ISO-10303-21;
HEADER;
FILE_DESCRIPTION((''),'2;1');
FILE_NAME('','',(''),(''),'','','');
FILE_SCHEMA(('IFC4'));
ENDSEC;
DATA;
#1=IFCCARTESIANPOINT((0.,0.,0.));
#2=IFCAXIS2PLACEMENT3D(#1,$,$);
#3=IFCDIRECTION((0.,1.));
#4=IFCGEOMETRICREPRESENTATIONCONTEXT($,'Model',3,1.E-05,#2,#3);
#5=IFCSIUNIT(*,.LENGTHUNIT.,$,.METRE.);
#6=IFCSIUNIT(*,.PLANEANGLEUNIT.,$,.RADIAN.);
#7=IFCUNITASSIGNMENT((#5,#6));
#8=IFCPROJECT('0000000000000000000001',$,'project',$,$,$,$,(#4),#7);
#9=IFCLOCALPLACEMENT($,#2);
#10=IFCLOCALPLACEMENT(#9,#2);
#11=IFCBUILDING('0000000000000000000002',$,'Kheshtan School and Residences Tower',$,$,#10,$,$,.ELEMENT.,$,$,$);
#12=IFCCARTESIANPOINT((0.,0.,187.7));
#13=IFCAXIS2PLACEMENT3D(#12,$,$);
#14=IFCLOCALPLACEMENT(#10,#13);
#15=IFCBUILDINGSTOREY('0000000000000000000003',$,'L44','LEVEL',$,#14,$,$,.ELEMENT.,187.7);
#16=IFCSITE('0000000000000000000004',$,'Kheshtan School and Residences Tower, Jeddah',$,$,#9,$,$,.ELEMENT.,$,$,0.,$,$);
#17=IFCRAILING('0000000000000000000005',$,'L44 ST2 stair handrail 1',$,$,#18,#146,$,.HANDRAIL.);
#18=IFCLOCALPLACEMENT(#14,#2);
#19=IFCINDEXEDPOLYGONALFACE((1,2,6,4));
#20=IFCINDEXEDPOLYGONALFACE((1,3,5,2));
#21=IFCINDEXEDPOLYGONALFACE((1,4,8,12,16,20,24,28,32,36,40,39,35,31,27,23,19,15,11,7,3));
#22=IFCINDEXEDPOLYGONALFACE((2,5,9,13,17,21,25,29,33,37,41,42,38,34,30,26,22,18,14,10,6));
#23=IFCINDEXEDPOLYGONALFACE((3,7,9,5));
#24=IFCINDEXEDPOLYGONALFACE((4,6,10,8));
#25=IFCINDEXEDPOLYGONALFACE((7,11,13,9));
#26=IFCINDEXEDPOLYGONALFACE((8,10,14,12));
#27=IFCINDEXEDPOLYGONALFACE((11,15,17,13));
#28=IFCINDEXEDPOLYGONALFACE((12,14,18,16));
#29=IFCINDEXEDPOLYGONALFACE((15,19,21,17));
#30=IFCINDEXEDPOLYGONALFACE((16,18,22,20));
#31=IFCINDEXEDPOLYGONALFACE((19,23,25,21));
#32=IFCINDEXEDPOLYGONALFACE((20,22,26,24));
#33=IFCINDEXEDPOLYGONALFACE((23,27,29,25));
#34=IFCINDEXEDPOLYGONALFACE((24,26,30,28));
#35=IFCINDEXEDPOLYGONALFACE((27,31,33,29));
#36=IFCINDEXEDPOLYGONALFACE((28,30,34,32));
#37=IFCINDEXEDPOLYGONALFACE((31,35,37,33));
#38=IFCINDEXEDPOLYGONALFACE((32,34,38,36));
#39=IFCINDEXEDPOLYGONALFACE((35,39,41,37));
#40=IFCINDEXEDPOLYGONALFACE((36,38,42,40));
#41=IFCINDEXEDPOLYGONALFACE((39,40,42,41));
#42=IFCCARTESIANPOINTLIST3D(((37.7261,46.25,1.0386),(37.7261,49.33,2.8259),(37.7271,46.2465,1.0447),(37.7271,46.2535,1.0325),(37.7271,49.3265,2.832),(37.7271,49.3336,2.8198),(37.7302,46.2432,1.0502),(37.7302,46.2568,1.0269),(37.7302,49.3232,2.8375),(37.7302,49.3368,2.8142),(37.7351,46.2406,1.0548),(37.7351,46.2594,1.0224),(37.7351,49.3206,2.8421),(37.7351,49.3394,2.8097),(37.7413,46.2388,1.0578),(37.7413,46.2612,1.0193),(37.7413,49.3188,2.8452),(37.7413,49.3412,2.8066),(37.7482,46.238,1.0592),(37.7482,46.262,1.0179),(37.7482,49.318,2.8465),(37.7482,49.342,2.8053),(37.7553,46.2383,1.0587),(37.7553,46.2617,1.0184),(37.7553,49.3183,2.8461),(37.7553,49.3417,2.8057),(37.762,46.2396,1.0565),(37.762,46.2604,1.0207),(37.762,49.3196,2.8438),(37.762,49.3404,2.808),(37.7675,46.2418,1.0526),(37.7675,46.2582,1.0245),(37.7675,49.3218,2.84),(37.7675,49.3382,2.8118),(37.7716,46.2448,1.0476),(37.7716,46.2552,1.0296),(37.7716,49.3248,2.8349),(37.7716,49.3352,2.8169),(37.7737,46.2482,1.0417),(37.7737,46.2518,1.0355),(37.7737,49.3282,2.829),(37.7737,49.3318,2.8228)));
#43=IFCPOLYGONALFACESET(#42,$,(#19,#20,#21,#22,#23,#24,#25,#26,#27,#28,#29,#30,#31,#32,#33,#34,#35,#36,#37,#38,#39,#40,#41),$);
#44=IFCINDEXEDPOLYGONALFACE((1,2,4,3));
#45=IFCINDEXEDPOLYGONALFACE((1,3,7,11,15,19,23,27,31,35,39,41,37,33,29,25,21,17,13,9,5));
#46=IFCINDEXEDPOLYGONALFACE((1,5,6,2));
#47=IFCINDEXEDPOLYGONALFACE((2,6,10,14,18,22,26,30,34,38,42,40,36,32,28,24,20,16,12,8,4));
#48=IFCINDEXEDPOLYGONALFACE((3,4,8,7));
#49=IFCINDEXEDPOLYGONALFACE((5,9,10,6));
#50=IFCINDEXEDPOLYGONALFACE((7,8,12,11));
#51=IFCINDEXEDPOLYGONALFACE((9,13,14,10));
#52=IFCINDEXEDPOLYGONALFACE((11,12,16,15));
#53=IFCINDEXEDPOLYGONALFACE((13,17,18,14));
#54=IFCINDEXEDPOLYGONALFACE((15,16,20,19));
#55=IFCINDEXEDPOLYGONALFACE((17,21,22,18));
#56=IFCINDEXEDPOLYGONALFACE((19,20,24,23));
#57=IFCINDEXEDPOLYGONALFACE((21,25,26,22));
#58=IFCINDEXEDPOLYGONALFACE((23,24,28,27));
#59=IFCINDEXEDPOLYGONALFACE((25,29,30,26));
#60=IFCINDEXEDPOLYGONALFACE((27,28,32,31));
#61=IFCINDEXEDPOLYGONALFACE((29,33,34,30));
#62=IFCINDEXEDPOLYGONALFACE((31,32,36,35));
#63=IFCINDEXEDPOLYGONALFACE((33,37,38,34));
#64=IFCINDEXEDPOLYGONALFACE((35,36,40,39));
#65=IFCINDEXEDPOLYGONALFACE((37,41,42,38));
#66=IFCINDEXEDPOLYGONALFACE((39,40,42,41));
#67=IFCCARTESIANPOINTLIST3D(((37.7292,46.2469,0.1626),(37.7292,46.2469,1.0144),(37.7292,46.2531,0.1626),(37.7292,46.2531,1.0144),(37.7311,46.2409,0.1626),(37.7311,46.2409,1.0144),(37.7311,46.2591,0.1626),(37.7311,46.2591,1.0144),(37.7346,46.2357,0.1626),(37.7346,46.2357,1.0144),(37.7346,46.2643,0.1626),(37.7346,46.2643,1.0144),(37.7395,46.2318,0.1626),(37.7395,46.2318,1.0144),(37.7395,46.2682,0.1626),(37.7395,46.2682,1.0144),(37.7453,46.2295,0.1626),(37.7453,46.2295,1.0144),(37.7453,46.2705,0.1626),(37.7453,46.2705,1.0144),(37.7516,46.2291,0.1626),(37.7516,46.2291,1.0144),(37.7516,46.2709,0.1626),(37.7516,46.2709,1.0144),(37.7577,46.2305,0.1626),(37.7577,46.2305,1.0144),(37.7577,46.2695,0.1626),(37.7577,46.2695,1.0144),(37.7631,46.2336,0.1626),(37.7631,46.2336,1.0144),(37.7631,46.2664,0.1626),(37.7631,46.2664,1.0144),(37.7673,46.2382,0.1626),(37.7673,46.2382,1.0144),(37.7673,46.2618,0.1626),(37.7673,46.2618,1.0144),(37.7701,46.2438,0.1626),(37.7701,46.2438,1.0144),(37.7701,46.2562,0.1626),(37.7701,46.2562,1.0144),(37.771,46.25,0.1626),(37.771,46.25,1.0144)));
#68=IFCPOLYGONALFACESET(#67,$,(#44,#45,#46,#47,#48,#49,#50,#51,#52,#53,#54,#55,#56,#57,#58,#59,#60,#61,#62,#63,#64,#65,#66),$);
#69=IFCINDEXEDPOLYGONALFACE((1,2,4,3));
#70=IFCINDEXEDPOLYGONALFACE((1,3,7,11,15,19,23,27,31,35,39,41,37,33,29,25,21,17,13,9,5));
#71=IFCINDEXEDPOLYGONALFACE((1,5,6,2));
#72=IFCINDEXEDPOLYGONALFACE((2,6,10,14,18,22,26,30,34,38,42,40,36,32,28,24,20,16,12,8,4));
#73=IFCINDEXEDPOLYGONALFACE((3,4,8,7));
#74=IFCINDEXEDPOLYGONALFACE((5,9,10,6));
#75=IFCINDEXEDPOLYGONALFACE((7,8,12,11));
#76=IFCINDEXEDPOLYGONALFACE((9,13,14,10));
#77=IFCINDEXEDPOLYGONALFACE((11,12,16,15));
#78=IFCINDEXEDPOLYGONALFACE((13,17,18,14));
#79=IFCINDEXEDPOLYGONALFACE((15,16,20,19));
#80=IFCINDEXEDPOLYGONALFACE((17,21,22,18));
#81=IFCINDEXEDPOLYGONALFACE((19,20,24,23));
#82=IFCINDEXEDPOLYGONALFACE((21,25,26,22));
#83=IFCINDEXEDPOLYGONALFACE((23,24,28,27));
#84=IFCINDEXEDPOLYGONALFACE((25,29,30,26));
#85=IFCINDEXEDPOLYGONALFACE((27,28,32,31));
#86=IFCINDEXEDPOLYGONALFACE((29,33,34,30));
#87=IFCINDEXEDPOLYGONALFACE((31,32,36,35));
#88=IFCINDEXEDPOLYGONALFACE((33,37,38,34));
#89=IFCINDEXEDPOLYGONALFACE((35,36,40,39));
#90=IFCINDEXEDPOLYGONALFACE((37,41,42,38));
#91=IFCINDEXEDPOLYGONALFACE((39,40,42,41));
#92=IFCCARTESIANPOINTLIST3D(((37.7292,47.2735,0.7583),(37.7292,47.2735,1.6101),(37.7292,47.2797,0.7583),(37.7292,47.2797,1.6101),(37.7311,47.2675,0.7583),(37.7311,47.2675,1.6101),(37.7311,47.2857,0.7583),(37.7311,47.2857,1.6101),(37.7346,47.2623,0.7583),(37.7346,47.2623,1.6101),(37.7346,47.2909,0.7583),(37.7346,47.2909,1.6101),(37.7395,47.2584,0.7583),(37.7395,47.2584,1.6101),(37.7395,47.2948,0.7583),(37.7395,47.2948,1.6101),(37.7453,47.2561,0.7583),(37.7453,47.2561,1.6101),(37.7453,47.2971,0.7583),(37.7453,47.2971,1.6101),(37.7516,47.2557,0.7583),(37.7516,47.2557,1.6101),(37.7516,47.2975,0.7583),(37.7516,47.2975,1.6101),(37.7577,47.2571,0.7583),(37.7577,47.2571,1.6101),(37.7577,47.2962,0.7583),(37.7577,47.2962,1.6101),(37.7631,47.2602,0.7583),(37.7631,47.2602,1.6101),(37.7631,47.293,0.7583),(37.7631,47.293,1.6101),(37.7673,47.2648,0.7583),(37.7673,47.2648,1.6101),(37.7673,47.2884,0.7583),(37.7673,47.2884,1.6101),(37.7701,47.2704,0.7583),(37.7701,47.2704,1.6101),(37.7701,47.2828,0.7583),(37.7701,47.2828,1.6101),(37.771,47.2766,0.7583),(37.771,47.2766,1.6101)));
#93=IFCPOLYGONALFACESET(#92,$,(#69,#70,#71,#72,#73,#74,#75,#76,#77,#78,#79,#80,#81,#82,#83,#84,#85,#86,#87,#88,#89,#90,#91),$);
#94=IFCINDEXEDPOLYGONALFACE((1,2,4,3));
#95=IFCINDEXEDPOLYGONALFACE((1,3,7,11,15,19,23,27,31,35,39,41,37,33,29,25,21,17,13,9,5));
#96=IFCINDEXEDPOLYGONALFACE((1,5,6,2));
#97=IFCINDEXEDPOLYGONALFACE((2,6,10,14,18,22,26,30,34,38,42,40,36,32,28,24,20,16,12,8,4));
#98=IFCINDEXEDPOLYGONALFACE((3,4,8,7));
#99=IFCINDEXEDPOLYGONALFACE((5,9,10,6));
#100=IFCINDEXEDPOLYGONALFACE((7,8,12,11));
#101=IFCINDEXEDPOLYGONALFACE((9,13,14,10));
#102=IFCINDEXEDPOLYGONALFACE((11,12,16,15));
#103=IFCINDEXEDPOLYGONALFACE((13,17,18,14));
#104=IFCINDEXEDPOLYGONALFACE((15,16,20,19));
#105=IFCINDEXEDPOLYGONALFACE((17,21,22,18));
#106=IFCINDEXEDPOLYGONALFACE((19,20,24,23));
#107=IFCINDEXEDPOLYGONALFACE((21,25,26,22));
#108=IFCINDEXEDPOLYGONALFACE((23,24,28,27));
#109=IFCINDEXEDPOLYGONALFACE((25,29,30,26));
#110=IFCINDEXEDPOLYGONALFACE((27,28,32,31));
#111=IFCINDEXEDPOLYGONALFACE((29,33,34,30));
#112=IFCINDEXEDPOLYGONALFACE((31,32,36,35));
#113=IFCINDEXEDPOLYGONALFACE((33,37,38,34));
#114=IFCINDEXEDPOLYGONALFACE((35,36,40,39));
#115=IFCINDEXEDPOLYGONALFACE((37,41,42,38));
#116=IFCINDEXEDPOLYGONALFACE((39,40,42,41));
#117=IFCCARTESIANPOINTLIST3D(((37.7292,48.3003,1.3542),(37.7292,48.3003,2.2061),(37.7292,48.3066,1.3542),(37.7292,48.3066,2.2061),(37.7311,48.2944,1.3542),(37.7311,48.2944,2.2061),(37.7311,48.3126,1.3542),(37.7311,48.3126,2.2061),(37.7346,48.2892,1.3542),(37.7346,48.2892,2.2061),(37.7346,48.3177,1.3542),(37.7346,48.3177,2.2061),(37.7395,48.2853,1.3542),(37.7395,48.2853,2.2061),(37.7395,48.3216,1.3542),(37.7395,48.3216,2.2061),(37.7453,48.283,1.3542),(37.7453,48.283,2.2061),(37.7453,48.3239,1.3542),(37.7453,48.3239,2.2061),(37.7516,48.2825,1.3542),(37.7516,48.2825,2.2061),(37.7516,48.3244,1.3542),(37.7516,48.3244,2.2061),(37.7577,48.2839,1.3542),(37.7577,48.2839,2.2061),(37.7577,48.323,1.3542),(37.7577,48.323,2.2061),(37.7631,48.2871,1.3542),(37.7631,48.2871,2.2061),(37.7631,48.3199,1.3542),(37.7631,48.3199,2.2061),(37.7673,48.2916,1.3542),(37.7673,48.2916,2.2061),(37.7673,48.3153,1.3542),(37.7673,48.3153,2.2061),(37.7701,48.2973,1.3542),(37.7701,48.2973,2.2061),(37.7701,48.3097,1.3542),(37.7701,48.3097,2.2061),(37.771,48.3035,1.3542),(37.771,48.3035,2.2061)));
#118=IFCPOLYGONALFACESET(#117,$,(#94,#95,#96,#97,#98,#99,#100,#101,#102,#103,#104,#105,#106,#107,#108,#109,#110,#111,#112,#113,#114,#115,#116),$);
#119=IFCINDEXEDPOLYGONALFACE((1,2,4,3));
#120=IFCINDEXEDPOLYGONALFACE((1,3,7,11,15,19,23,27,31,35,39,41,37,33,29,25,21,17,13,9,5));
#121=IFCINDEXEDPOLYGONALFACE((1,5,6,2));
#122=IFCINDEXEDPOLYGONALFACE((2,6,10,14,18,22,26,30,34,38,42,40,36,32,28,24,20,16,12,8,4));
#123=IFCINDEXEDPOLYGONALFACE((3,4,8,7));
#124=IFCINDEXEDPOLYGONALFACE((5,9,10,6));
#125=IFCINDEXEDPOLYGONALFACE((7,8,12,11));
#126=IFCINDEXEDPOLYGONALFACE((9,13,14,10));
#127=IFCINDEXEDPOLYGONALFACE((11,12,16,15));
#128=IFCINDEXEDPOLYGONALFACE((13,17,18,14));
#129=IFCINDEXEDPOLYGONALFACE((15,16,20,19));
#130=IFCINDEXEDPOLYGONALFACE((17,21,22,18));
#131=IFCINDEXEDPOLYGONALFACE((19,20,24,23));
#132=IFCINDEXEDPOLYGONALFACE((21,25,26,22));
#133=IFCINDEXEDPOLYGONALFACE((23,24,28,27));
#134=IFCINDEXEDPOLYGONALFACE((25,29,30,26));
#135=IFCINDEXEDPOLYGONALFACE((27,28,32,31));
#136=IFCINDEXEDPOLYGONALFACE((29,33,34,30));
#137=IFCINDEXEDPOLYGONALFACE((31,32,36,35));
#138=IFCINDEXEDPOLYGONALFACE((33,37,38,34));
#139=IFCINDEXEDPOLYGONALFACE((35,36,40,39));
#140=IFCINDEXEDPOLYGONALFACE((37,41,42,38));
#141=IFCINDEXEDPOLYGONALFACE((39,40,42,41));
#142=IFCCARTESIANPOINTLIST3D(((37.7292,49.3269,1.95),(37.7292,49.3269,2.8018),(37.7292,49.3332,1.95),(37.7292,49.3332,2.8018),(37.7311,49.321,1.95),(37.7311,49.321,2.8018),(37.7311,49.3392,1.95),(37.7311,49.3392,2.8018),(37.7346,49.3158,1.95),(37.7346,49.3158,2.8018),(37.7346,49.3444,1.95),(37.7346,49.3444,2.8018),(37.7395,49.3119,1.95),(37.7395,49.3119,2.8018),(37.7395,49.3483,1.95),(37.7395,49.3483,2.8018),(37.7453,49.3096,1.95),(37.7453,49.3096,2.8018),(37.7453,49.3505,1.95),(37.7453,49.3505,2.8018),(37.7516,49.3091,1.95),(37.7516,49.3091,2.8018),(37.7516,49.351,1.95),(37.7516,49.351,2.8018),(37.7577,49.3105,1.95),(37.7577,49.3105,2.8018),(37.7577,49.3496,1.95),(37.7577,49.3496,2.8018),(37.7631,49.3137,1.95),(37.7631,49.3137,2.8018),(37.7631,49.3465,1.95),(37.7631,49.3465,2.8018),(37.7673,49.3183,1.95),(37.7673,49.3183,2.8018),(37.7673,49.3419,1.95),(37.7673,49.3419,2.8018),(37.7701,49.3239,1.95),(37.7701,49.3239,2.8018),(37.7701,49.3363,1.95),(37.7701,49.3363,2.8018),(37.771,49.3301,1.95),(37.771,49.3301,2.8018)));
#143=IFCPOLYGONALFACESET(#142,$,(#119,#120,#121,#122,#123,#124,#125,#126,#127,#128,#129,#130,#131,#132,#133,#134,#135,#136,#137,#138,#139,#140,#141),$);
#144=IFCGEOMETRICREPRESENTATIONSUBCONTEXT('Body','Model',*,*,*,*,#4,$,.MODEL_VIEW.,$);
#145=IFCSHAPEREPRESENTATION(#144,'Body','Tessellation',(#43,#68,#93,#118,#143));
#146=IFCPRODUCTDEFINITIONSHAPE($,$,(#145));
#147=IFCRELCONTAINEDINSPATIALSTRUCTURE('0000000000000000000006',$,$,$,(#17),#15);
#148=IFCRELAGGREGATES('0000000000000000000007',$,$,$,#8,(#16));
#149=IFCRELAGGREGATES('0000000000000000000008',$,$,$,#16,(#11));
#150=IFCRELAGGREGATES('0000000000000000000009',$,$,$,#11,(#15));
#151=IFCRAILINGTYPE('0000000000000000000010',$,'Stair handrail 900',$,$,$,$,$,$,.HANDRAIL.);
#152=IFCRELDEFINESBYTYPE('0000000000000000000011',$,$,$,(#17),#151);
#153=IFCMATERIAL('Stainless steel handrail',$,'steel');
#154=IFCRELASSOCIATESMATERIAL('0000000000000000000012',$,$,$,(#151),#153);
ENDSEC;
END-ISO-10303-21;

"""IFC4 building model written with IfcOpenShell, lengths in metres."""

from ifc_helpers import new_model, si_unit, direction, frame, origin, origin_2d, place, context, subcontext, project, spatial, circle, extrude, material, type_object, element, save


model = new_model("IFC4")

# Units and contexts
model_context = context("Model", 3, precision=1e-05, world=origin(), true_north=direction((0.0, 1.0)))
body_context = subcontext(model_context, "Body", "Model", "MODEL_VIEW")
ifc_project = project(units=[si_unit("LENGTHUNIT", "METRE"), si_unit("PLANEANGLEUNIT", "RADIAN")], contexts=[model_context])

# Site, building, storey
site_placement = place(None, origin())
site = spatial("IfcSite", under=ifc_project, at=site_placement, Name="Kheshtan School and Residences Tower, Jeddah", CompositionType="ELEMENT", RefElevation=0.0)
building_placement = place(site_placement, origin())
building = spatial("IfcBuilding", under=site, at=building_placement, Name="Kheshtan School and Residences Tower", CompositionType="ELEMENT")
storey_placement = place(building_placement, frame((0.0, 0.0, 187.7)))
storey = spatial("IfcBuildingStorey", under=building, at=storey_placement, Name="L44", Description="LEVEL", CompositionType="ELEMENT", Elevation=187.7)

# Railing
ifc_material_1 = material(Name="Stainless steel handrail", Category="steel")
railing_type = type_object("IfcRailingType", Name="Stair handrail 900", PredefinedType="HANDRAIL", material=ifc_material_1)
railing_placement = place(storey_placement, frame((37.75, 46.25, 0.1626)))
element("IfcRailing", 1, at=railing_placement, inside=storey, type_object=railing_type, Name="L44 ST2 stair handrail 1", PredefinedType="HANDRAIL", context=body_context, shape_type="SweptSolid", body=[
    extrude(circle(Radius=0.0239, at=origin_2d()), frame((0.0, 0.0, 0.876), z_axis=(0.0, 0.86492, 0.501909), x_axis=(-1.0, 0.0, 0.0)), (0.0, 0.0, 1.0), 3.561),
    extrude(circle(Radius=0.021, at=origin_2d()), origin(), (0.0, 0.0, 1.0), 0.8518),
    extrude(circle(Radius=0.021, at=origin_2d()), frame((0.0, 1.0266, 0.5957)), (0.0, 0.0, 1.0), 0.8518),
    extrude(circle(Radius=0.021, at=origin_2d()), frame((0.0, 2.0535, 1.1917)), (0.0, 0.0, 1.0), 0.8518),
    extrude(circle(Radius=0.021, at=origin_2d()), frame((0.0, 3.0801, 1.7874)), (0.0, 0.0, 1.0), 0.8518),
])

save(model, "model.ifc")
